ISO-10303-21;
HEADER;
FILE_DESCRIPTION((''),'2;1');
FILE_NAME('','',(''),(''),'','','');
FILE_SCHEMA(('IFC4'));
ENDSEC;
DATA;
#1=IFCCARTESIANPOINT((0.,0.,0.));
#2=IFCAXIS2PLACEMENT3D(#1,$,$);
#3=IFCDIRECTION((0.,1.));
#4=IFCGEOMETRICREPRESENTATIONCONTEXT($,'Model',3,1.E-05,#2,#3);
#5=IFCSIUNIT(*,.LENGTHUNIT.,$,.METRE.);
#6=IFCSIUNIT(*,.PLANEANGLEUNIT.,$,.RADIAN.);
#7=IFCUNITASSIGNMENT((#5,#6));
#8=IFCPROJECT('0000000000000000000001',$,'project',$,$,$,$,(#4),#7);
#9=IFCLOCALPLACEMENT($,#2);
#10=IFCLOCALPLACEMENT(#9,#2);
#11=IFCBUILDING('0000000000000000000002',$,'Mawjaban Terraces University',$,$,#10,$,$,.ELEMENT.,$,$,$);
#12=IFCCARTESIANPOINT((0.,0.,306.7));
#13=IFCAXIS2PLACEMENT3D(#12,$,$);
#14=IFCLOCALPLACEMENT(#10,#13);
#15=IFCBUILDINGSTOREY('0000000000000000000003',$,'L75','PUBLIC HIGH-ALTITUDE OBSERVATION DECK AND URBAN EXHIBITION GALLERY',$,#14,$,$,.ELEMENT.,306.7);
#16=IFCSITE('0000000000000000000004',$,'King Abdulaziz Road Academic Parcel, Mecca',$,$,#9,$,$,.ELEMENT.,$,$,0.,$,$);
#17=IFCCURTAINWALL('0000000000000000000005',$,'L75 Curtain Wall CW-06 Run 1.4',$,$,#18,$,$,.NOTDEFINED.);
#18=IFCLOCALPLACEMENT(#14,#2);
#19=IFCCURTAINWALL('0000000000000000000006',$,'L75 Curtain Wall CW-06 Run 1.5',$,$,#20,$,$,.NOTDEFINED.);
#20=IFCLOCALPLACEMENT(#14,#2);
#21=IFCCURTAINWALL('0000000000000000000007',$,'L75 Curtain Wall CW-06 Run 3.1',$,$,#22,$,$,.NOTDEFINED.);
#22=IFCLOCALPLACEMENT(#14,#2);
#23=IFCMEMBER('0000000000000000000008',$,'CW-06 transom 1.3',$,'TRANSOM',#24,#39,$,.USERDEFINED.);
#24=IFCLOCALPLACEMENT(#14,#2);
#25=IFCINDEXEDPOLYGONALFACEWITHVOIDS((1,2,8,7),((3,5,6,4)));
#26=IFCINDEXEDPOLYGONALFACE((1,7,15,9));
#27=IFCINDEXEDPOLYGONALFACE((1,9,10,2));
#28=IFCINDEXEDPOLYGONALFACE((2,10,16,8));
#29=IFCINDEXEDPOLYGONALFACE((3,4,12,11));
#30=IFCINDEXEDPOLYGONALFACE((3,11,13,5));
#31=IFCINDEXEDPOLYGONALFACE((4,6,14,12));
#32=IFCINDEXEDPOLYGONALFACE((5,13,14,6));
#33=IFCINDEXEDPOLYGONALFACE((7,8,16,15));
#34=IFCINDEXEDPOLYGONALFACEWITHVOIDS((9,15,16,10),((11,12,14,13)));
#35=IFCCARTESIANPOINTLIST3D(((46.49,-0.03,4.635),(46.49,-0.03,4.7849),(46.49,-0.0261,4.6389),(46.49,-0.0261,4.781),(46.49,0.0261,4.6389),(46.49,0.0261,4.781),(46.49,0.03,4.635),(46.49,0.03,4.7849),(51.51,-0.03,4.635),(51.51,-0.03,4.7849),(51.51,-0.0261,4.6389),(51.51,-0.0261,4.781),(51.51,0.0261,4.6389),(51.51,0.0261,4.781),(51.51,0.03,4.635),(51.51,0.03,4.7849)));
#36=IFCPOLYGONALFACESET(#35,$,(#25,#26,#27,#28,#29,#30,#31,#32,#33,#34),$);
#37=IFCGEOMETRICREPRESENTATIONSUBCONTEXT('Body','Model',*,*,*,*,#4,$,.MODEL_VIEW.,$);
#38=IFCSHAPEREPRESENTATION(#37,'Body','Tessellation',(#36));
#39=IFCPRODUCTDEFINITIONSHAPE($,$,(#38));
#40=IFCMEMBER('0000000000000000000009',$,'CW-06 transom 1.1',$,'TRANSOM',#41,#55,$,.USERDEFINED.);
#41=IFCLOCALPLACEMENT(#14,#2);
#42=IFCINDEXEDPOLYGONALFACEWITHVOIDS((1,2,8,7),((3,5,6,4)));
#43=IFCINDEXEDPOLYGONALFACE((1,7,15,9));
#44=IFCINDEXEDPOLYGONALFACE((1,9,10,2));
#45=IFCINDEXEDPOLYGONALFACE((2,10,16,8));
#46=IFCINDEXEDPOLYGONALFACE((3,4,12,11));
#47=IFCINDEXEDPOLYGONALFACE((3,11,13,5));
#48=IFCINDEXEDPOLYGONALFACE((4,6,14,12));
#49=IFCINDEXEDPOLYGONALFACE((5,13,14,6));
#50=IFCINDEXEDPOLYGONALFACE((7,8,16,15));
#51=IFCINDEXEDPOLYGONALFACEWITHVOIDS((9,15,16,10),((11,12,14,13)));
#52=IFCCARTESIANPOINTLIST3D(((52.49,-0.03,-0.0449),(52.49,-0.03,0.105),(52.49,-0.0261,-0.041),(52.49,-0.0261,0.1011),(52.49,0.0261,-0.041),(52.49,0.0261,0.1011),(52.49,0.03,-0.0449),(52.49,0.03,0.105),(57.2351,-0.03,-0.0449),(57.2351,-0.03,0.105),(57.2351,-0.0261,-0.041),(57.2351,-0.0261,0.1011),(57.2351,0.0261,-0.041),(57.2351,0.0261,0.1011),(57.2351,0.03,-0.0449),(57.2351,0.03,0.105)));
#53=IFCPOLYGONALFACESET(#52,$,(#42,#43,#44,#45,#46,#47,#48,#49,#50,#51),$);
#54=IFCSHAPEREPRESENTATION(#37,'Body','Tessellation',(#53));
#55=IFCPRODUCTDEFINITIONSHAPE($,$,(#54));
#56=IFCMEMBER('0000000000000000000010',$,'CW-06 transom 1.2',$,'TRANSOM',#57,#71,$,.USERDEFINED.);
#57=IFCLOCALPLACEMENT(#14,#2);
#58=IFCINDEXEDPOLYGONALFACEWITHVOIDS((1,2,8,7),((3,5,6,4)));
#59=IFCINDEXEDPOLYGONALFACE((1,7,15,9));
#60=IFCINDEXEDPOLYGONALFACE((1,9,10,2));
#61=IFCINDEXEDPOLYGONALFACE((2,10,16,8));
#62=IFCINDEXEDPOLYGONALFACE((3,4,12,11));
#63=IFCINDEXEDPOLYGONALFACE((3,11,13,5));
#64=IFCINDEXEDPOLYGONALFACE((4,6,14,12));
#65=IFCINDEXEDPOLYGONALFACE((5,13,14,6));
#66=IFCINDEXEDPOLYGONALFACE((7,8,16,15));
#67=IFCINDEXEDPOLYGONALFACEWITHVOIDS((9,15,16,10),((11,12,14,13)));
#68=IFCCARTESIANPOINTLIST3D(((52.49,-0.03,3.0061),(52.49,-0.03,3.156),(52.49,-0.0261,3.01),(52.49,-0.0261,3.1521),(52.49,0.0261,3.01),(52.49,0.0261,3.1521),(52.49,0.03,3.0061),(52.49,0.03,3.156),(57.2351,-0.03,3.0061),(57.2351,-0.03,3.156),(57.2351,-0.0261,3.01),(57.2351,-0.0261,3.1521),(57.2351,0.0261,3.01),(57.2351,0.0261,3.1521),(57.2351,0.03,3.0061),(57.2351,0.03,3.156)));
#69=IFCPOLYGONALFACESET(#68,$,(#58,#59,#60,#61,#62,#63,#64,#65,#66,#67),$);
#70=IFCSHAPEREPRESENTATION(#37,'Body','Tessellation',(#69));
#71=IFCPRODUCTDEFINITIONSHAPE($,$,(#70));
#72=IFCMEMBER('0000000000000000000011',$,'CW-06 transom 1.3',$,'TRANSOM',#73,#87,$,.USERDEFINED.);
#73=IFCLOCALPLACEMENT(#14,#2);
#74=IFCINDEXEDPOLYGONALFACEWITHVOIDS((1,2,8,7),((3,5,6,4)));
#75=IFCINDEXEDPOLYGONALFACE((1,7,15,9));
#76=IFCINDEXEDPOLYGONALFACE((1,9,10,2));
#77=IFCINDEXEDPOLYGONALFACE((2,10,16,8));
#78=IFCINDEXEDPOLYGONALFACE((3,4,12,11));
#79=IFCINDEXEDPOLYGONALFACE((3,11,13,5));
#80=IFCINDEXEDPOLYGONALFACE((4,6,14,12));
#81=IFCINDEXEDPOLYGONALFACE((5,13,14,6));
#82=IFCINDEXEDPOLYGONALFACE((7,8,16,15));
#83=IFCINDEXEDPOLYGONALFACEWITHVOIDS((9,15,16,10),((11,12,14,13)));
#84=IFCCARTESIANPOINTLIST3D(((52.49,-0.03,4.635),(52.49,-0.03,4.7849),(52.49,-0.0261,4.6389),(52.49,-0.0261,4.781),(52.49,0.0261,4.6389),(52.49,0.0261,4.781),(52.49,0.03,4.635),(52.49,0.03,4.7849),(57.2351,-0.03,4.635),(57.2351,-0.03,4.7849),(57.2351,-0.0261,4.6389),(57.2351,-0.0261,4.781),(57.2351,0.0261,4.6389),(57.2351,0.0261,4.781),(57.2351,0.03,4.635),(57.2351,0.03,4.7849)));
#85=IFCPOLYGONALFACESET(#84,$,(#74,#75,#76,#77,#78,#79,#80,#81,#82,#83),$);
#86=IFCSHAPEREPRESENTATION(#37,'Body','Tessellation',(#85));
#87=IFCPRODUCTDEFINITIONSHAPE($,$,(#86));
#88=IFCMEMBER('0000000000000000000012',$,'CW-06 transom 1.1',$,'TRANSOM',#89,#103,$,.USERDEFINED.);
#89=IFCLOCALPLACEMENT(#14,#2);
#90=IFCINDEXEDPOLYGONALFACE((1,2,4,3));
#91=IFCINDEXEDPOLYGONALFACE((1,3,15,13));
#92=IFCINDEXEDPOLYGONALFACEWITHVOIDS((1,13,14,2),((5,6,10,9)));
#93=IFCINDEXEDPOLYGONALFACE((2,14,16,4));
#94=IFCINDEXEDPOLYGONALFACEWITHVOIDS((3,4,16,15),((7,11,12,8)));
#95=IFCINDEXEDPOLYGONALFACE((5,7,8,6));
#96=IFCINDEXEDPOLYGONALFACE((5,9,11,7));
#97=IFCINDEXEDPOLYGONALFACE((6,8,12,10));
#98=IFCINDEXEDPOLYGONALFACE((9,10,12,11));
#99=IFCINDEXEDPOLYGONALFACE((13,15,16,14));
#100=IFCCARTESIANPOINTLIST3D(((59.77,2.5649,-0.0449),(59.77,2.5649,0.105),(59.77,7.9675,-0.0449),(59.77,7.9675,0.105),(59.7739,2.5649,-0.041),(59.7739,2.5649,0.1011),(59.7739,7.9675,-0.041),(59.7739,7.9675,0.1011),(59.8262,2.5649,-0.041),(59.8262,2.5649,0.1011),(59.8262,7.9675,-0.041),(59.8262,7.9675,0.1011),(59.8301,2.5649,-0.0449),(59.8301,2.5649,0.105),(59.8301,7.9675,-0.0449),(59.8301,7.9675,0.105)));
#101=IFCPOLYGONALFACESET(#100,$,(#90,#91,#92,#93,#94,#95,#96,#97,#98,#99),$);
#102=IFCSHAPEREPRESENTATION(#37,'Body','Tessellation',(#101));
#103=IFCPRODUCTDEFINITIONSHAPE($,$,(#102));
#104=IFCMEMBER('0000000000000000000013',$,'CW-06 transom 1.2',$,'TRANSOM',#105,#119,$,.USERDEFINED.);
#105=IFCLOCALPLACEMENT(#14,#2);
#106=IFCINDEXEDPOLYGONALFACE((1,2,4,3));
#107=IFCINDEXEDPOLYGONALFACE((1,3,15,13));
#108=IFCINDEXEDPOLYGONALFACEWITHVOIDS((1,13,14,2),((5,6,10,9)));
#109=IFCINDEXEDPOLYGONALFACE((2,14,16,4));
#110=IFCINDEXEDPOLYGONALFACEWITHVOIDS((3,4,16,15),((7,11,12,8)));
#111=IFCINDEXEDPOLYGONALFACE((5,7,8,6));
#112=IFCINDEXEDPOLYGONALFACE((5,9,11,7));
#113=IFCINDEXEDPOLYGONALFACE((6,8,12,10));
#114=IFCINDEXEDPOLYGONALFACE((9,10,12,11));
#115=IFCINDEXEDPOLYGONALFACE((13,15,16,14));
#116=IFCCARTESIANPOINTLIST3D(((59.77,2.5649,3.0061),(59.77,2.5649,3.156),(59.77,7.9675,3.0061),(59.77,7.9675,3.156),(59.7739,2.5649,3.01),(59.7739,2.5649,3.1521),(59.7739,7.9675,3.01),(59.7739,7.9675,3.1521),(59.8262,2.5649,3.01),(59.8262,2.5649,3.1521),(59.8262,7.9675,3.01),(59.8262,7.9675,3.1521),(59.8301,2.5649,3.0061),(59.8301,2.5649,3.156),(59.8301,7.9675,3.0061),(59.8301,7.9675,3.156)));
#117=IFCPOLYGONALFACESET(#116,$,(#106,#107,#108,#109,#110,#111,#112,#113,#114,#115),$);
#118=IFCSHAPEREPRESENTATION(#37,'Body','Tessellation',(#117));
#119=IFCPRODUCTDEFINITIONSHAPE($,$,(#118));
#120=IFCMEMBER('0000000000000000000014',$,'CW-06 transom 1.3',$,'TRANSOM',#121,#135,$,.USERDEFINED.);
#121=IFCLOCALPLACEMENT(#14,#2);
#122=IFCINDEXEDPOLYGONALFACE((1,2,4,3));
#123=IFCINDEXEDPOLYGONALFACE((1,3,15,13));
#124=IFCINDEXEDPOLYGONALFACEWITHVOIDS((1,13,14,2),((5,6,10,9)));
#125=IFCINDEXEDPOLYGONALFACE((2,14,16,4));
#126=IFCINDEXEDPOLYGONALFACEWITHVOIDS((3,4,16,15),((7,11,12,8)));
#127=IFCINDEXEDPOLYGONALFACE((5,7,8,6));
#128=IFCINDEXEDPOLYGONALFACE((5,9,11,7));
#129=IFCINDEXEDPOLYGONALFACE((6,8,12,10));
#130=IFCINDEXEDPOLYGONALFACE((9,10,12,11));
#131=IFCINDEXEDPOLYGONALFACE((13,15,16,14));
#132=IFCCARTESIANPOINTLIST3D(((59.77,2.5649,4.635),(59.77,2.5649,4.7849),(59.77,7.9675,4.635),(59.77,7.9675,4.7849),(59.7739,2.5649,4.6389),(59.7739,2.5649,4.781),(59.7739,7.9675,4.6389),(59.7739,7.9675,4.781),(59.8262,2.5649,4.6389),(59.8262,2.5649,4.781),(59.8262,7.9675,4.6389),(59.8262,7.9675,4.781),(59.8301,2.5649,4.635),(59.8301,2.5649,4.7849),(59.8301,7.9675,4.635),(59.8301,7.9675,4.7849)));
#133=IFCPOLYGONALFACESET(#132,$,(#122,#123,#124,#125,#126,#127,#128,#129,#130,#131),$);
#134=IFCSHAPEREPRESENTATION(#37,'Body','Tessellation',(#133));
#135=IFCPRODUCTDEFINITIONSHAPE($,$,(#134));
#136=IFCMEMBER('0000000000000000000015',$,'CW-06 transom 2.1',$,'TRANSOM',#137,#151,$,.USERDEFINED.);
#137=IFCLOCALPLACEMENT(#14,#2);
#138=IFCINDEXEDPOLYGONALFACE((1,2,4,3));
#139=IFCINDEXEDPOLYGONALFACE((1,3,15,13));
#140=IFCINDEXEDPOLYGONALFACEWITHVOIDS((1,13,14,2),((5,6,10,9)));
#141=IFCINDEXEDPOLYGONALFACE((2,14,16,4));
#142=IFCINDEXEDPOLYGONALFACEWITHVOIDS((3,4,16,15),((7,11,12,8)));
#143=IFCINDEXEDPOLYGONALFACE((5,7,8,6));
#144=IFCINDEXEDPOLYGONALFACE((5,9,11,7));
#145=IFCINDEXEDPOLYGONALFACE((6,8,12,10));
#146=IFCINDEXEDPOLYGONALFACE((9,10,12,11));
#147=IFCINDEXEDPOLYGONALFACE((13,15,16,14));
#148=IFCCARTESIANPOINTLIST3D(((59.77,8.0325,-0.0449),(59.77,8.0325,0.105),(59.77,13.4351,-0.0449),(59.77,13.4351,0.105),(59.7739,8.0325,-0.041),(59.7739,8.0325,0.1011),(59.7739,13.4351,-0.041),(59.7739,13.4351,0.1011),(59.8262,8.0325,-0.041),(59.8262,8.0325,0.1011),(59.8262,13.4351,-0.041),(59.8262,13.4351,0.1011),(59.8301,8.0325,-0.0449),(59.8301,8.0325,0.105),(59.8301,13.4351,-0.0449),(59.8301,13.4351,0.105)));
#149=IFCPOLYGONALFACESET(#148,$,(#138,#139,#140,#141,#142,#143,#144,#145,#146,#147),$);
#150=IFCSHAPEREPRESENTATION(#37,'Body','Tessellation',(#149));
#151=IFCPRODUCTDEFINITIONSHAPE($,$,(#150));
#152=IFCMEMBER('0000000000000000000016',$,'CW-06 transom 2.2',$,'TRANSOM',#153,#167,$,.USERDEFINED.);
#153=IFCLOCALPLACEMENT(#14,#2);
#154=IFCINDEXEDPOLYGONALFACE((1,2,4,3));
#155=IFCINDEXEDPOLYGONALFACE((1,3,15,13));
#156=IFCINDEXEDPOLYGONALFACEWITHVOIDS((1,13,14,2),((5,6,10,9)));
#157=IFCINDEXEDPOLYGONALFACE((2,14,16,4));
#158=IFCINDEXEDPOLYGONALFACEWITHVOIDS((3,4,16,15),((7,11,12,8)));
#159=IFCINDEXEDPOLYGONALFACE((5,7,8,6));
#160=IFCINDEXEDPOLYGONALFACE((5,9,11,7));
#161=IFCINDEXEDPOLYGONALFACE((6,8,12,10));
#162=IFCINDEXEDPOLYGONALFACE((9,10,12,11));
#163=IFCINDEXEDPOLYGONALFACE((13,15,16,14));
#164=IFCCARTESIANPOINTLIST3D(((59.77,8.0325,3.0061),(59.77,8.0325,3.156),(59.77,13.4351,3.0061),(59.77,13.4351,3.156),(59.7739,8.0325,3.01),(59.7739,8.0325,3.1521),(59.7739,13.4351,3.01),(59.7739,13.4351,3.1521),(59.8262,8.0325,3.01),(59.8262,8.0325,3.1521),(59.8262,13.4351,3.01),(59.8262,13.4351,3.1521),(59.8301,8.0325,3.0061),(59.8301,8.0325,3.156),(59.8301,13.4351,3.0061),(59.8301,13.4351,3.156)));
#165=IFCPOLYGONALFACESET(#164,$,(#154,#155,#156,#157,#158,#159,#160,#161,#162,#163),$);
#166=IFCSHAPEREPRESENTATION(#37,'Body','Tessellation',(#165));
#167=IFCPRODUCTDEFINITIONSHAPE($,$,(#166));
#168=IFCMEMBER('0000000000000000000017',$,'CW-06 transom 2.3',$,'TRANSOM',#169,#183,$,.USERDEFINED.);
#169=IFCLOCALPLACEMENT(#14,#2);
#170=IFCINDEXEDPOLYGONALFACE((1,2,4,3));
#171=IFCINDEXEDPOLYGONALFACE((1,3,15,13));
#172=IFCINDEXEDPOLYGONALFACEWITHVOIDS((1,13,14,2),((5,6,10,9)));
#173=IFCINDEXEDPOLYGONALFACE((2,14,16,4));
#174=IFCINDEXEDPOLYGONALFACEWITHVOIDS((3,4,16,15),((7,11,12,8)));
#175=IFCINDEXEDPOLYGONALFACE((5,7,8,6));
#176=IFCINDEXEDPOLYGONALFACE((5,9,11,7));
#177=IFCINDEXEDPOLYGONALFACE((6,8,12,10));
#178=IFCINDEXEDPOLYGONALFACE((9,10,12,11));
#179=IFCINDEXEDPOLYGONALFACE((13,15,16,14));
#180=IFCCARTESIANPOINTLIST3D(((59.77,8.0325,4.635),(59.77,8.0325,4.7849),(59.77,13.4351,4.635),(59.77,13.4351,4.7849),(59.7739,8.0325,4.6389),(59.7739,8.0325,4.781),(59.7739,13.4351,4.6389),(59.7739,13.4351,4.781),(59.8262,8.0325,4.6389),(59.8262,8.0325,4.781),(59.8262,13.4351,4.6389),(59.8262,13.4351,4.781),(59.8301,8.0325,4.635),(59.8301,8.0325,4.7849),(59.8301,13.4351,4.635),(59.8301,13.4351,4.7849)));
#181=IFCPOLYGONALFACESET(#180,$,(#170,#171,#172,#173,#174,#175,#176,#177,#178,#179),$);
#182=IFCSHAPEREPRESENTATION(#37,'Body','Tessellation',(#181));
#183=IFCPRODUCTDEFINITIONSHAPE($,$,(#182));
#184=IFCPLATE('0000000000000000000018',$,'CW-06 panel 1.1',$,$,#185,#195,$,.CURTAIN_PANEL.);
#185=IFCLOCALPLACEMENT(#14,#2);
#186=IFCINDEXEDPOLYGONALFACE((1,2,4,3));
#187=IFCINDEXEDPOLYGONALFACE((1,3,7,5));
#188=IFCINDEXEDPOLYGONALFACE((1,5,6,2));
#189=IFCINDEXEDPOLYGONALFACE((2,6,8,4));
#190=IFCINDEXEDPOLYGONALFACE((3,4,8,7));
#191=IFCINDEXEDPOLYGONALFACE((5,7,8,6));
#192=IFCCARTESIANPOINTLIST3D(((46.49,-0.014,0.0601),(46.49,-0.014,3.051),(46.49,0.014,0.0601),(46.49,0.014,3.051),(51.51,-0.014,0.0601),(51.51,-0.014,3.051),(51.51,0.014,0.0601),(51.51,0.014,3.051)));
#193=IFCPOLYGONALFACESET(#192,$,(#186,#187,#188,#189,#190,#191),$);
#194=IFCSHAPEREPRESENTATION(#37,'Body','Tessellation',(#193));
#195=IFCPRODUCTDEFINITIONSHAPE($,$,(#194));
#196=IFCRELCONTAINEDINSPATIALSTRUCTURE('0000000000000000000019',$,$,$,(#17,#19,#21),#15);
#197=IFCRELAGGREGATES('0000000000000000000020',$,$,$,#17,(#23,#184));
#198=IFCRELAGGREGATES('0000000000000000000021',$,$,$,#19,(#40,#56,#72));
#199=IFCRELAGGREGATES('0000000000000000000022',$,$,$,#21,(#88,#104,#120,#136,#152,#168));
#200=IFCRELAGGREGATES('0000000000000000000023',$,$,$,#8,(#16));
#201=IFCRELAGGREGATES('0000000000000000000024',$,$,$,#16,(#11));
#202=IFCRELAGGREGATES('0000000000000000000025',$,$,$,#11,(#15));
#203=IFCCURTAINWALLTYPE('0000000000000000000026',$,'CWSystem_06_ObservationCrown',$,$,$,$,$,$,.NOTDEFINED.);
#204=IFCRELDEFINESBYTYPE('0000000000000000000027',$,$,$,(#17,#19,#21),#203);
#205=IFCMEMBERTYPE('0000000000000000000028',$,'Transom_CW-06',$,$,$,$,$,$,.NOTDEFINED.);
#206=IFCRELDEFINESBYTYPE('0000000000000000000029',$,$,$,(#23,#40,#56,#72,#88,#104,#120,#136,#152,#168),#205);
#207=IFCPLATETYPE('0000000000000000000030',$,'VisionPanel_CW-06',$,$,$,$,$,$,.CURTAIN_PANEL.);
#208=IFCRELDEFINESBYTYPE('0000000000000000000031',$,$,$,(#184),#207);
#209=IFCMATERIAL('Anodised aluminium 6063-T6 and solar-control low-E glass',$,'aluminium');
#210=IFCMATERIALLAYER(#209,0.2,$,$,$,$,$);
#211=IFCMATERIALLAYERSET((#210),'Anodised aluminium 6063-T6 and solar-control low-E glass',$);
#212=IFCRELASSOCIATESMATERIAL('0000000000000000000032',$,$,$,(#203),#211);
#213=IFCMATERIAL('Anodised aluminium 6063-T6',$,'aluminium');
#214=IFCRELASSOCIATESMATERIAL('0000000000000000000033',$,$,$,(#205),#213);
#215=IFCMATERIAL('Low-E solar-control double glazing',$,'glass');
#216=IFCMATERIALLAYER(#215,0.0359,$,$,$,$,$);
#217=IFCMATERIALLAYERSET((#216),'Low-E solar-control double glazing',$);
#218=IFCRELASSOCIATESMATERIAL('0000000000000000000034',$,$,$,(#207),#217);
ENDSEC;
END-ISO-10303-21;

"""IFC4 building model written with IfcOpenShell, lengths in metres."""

from ifc_helpers import new_model, si_unit, direction, frame, origin, origin_2d, place, context, subcontext, project, spatial, rectangle, hollow_rectangle, extrude, material, layer, layer_set, material_profile, profile_set, type_object, element, aggregate, save


model = new_model("IFC4")

# Units and contexts
model_context = context("Model", 3, precision=1e-05, world=origin(), true_north=direction((0.0, 1.0)))
body_context = subcontext(model_context, "Body", "Model", "MODEL_VIEW")
ifc_project = project(units=[si_unit("LENGTHUNIT", "METRE"), si_unit("PLANEANGLEUNIT", "RADIAN")], contexts=[model_context])

# Site, building, storey
site_placement = place(None, origin())
site = spatial("IfcSite", under=ifc_project, at=site_placement, Name="King Abdulaziz Road Academic Parcel, Mecca", CompositionType="ELEMENT", RefElevation=0.0)
building_placement = place(site_placement, origin())
building = spatial("IfcBuilding", under=site, at=building_placement, Name="Mawjaban Terraces University", CompositionType="ELEMENT")
storey_placement = place(building_placement, frame((0.0, 0.0, 306.7)))
storey = spatial("IfcBuildingStorey", under=building, at=storey_placement, Name="L75", Description="PUBLIC HIGH-ALTITUDE OBSERVATION DECK AND URBAN EXHIBITION GALLERY", CompositionType="ELEMENT", Elevation=306.7)

# Curtain walls
ifc_material_1 = material(Name="Anodised aluminium 6063-T6 and solar-control low-E glass", Category="aluminium")
ifc_layer_1 = layer(ifc_material_1, 0.2)
ifc_layer_set_1 = layer_set([ifc_layer_1], Name="Anodised aluminium 6063-T6 and solar-control low-E glass")
curtain_wall_type = type_object("IfcCurtainWallType", Name="CWSystem_06_ObservationCrown", PredefinedType="NOTDEFINED", material=ifc_layer_set_1)
curtain_wall_1_placement = place(storey_placement, origin())
curtain_wall_1 = element("IfcCurtainWall", 1, at=curtain_wall_1_placement, inside=storey, type_object=curtain_wall_type, Name="L75 Curtain Wall CW-06 Run 1.4", PredefinedType="NOTDEFINED")
ifc_material_2 = material(Name="Anodised aluminium 6063-T6", Category="aluminium")
curtain_wall_2_placement = place(storey_placement, origin())
curtain_wall_2 = element("IfcCurtainWall", 2, at=curtain_wall_2_placement, inside=storey, type_object=curtain_wall_type, Name="L75 Curtain Wall CW-06 Run 1.5", PredefinedType="NOTDEFINED")
curtain_wall_3_placement = place(storey_placement, origin())
curtain_wall_3 = element("IfcCurtainWall", 3, at=curtain_wall_3_placement, inside=storey, type_object=curtain_wall_type, Name="L75 Curtain Wall CW-06 Run 3.1", PredefinedType="NOTDEFINED")

# Members
ifc_material_profile_1 = material_profile(ifc_material_2, hollow_rectangle(XDim=0.0601, YDim=0.1499, WallThickness=0.0039, at=origin_2d()), Name="ALU150X60X4")
ifc_profile_set_1 = profile_set([ifc_material_profile_1], Name="Anodised aluminium 6063-T6")
member_type_1 = type_object("IfcMemberType", Name="Transom_CW-06", PredefinedType="NOTDEFINED", material=ifc_profile_set_1)
member_1_placement = place(storey_placement, frame((46.49, 0.0, 4.71), z_axis=(1.0, 0.0, 0.0), x_axis=(0.0, 1.0, 0.0)))
member_1 = element("IfcMember", 4, at=member_1_placement, type_object=member_type_1, Name="CW-06 transom 1.3", ObjectType="TRANSOM", PredefinedType="USERDEFINED", context=body_context, shape_type="SweptSolid", body=[
    extrude(hollow_rectangle(XDim=0.0601, YDim=0.1499, WallThickness=0.0039, at=origin_2d()), origin(), (0.0, 0.0, 1.0), 5.02),
])
member_2_placement = place(storey_placement, frame((52.49, 0.0, 0.03), z_axis=(1.0, 0.0, 0.0), x_axis=(0.0, 1.0, 0.0)))
member_2 = element("IfcMember", 5, at=member_2_placement, type_object=member_type_1, Name="CW-06 transom 1.1", ObjectType="TRANSOM", PredefinedType="USERDEFINED", context=body_context, shape_type="SweptSolid", body=[
    extrude(hollow_rectangle(XDim=0.0601, YDim=0.1499, WallThickness=0.0039, at=origin_2d()), origin(), (0.0, 0.0, 1.0), 4.7451),
])
member_3_placement = place(storey_placement, frame((52.49, 0.0, 3.0811), z_axis=(1.0, 0.0, 0.0), x_axis=(0.0, 1.0, 0.0)))
member_3 = element("IfcMember", 6, at=member_3_placement, type_object=member_type_1, Name="CW-06 transom 1.2", ObjectType="TRANSOM", PredefinedType="USERDEFINED", context=body_context, shape_type="SweptSolid", body=[
    extrude(hollow_rectangle(XDim=0.0601, YDim=0.1499, WallThickness=0.0039, at=origin_2d()), origin(), (0.0, 0.0, 1.0), 4.7451),
])
member_4_placement = place(storey_placement, frame((52.49, 0.0, 4.71), z_axis=(1.0, 0.0, 0.0), x_axis=(0.0, 1.0, 0.0)))
member_4 = element("IfcMember", 7, at=member_4_placement, type_object=member_type_1, Name="CW-06 transom 1.3", ObjectType="TRANSOM", PredefinedType="USERDEFINED", context=body_context, shape_type="SweptSolid", body=[
    extrude(hollow_rectangle(XDim=0.0601, YDim=0.1499, WallThickness=0.0039, at=origin_2d()), origin(), (0.0, 0.0, 1.0), 4.7451),
])
member_5_placement = place(storey_placement, frame((59.8, 2.5649, 0.03), z_axis=(0.0, 1.0, 0.0), x_axis=(-1.0, 0.0, 0.0)))
member_5 = element("IfcMember", 8, at=member_5_placement, type_object=member_type_1, Name="CW-06 transom 1.1", ObjectType="TRANSOM", PredefinedType="USERDEFINED", context=body_context, shape_type="SweptSolid", body=[
    extrude(hollow_rectangle(XDim=0.0601, YDim=0.1499, WallThickness=0.0039, at=origin_2d()), origin(), (0.0, 0.0, 1.0), 5.4026),
])
member_6_placement = place(storey_placement, frame((59.8, 2.5649, 3.0811), z_axis=(0.0, 1.0, 0.0), x_axis=(-1.0, 0.0, 0.0)))
member_6 = element("IfcMember", 9, at=member_6_placement, type_object=member_type_1, Name="CW-06 transom 1.2", ObjectType="TRANSOM", PredefinedType="USERDEFINED", context=body_context, shape_type="SweptSolid", body=[
    extrude(hollow_rectangle(XDim=0.0601, YDim=0.1499, WallThickness=0.0039, at=origin_2d()), origin(), (0.0, 0.0, 1.0), 5.4026),
])
member_7_placement = place(storey_placement, frame((59.8, 2.5649, 4.71), z_axis=(0.0, 1.0, 0.0), x_axis=(-1.0, 0.0, 0.0)))
member_7 = element("IfcMember", 10, at=member_7_placement, type_object=member_type_1, Name="CW-06 transom 1.3", ObjectType="TRANSOM", PredefinedType="USERDEFINED", context=body_context, shape_type="SweptSolid", body=[
    extrude(hollow_rectangle(XDim=0.0601, YDim=0.1499, WallThickness=0.0039, at=origin_2d()), origin(), (0.0, 0.0, 1.0), 5.4026),
])
member_8_placement = place(storey_placement, frame((59.8, 8.0325, 0.03), z_axis=(0.0, 1.0, 0.0), x_axis=(-1.0, 0.0, 0.0)))
member_8 = element("IfcMember", 11, at=member_8_placement, type_object=member_type_1, Name="CW-06 transom 2.1", ObjectType="TRANSOM", PredefinedType="USERDEFINED", context=body_context, shape_type="SweptSolid", body=[
    extrude(hollow_rectangle(XDim=0.0601, YDim=0.1499, WallThickness=0.0039, at=origin_2d()), origin(), (0.0, 0.0, 1.0), 5.4026),
])
member_9_placement = place(storey_placement, frame((59.8, 8.0325, 3.0811), z_axis=(0.0, 1.0, 0.0), x_axis=(-1.0, 0.0, 0.0)))
member_9 = element("IfcMember", 12, at=member_9_placement, type_object=member_type_1, Name="CW-06 transom 2.2", ObjectType="TRANSOM", PredefinedType="USERDEFINED", context=body_context, shape_type="SweptSolid", body=[
    extrude(hollow_rectangle(XDim=0.0601, YDim=0.1499, WallThickness=0.0039, at=origin_2d()), origin(), (0.0, 0.0, 1.0), 5.4026),
])
member_10_placement = place(storey_placement, frame((59.8, 8.0325, 4.71), z_axis=(0.0, 1.0, 0.0), x_axis=(-1.0, 0.0, 0.0)))
member_10 = element("IfcMember", 13, at=member_10_placement, type_object=member_type_1, Name="CW-06 transom 2.3", ObjectType="TRANSOM", PredefinedType="USERDEFINED", context=body_context, shape_type="SweptSolid", body=[
    extrude(hollow_rectangle(XDim=0.0601, YDim=0.1499, WallThickness=0.0039, at=origin_2d()), origin(), (0.0, 0.0, 1.0), 5.4026),
])

# Plate
ifc_material_3 = material(Name="Low-E solar-control double glazing", Category="glass")
ifc_layer_2 = layer(ifc_material_3, 0.0359)
ifc_layer_set_2 = layer_set([ifc_layer_2], Name="Low-E solar-control double glazing")
plate_type = type_object("IfcPlateType", Name="VisionPanel_CW-06", PredefinedType="CURTAIN_PANEL", material=ifc_layer_set_2)
plate_1_placement = place(storey_placement, frame((49.0, 0.0, 0.0601), z_axis=(0.0, 0.0, 1.0), x_axis=(1.0, 0.0, 0.0)))
plate_1 = element("IfcPlate", 14, at=plate_1_placement, type_object=plate_type, Name="CW-06 panel 1.1", PredefinedType="CURTAIN_PANEL", context=body_context, shape_type="SweptSolid", body=[
    extrude(rectangle(XDim=5.02, YDim=0.0281, at=origin_2d()), origin(), (0.0, 0.0, 1.0), 2.991),
])
aggregate(curtain_wall_1, [member_1, plate_1])
aggregate(curtain_wall_2, [member_2, member_3, member_4])
aggregate(curtain_wall_3, [member_5, member_6, member_7, member_8, member_9, member_10])

save(model, "model.ifc")
